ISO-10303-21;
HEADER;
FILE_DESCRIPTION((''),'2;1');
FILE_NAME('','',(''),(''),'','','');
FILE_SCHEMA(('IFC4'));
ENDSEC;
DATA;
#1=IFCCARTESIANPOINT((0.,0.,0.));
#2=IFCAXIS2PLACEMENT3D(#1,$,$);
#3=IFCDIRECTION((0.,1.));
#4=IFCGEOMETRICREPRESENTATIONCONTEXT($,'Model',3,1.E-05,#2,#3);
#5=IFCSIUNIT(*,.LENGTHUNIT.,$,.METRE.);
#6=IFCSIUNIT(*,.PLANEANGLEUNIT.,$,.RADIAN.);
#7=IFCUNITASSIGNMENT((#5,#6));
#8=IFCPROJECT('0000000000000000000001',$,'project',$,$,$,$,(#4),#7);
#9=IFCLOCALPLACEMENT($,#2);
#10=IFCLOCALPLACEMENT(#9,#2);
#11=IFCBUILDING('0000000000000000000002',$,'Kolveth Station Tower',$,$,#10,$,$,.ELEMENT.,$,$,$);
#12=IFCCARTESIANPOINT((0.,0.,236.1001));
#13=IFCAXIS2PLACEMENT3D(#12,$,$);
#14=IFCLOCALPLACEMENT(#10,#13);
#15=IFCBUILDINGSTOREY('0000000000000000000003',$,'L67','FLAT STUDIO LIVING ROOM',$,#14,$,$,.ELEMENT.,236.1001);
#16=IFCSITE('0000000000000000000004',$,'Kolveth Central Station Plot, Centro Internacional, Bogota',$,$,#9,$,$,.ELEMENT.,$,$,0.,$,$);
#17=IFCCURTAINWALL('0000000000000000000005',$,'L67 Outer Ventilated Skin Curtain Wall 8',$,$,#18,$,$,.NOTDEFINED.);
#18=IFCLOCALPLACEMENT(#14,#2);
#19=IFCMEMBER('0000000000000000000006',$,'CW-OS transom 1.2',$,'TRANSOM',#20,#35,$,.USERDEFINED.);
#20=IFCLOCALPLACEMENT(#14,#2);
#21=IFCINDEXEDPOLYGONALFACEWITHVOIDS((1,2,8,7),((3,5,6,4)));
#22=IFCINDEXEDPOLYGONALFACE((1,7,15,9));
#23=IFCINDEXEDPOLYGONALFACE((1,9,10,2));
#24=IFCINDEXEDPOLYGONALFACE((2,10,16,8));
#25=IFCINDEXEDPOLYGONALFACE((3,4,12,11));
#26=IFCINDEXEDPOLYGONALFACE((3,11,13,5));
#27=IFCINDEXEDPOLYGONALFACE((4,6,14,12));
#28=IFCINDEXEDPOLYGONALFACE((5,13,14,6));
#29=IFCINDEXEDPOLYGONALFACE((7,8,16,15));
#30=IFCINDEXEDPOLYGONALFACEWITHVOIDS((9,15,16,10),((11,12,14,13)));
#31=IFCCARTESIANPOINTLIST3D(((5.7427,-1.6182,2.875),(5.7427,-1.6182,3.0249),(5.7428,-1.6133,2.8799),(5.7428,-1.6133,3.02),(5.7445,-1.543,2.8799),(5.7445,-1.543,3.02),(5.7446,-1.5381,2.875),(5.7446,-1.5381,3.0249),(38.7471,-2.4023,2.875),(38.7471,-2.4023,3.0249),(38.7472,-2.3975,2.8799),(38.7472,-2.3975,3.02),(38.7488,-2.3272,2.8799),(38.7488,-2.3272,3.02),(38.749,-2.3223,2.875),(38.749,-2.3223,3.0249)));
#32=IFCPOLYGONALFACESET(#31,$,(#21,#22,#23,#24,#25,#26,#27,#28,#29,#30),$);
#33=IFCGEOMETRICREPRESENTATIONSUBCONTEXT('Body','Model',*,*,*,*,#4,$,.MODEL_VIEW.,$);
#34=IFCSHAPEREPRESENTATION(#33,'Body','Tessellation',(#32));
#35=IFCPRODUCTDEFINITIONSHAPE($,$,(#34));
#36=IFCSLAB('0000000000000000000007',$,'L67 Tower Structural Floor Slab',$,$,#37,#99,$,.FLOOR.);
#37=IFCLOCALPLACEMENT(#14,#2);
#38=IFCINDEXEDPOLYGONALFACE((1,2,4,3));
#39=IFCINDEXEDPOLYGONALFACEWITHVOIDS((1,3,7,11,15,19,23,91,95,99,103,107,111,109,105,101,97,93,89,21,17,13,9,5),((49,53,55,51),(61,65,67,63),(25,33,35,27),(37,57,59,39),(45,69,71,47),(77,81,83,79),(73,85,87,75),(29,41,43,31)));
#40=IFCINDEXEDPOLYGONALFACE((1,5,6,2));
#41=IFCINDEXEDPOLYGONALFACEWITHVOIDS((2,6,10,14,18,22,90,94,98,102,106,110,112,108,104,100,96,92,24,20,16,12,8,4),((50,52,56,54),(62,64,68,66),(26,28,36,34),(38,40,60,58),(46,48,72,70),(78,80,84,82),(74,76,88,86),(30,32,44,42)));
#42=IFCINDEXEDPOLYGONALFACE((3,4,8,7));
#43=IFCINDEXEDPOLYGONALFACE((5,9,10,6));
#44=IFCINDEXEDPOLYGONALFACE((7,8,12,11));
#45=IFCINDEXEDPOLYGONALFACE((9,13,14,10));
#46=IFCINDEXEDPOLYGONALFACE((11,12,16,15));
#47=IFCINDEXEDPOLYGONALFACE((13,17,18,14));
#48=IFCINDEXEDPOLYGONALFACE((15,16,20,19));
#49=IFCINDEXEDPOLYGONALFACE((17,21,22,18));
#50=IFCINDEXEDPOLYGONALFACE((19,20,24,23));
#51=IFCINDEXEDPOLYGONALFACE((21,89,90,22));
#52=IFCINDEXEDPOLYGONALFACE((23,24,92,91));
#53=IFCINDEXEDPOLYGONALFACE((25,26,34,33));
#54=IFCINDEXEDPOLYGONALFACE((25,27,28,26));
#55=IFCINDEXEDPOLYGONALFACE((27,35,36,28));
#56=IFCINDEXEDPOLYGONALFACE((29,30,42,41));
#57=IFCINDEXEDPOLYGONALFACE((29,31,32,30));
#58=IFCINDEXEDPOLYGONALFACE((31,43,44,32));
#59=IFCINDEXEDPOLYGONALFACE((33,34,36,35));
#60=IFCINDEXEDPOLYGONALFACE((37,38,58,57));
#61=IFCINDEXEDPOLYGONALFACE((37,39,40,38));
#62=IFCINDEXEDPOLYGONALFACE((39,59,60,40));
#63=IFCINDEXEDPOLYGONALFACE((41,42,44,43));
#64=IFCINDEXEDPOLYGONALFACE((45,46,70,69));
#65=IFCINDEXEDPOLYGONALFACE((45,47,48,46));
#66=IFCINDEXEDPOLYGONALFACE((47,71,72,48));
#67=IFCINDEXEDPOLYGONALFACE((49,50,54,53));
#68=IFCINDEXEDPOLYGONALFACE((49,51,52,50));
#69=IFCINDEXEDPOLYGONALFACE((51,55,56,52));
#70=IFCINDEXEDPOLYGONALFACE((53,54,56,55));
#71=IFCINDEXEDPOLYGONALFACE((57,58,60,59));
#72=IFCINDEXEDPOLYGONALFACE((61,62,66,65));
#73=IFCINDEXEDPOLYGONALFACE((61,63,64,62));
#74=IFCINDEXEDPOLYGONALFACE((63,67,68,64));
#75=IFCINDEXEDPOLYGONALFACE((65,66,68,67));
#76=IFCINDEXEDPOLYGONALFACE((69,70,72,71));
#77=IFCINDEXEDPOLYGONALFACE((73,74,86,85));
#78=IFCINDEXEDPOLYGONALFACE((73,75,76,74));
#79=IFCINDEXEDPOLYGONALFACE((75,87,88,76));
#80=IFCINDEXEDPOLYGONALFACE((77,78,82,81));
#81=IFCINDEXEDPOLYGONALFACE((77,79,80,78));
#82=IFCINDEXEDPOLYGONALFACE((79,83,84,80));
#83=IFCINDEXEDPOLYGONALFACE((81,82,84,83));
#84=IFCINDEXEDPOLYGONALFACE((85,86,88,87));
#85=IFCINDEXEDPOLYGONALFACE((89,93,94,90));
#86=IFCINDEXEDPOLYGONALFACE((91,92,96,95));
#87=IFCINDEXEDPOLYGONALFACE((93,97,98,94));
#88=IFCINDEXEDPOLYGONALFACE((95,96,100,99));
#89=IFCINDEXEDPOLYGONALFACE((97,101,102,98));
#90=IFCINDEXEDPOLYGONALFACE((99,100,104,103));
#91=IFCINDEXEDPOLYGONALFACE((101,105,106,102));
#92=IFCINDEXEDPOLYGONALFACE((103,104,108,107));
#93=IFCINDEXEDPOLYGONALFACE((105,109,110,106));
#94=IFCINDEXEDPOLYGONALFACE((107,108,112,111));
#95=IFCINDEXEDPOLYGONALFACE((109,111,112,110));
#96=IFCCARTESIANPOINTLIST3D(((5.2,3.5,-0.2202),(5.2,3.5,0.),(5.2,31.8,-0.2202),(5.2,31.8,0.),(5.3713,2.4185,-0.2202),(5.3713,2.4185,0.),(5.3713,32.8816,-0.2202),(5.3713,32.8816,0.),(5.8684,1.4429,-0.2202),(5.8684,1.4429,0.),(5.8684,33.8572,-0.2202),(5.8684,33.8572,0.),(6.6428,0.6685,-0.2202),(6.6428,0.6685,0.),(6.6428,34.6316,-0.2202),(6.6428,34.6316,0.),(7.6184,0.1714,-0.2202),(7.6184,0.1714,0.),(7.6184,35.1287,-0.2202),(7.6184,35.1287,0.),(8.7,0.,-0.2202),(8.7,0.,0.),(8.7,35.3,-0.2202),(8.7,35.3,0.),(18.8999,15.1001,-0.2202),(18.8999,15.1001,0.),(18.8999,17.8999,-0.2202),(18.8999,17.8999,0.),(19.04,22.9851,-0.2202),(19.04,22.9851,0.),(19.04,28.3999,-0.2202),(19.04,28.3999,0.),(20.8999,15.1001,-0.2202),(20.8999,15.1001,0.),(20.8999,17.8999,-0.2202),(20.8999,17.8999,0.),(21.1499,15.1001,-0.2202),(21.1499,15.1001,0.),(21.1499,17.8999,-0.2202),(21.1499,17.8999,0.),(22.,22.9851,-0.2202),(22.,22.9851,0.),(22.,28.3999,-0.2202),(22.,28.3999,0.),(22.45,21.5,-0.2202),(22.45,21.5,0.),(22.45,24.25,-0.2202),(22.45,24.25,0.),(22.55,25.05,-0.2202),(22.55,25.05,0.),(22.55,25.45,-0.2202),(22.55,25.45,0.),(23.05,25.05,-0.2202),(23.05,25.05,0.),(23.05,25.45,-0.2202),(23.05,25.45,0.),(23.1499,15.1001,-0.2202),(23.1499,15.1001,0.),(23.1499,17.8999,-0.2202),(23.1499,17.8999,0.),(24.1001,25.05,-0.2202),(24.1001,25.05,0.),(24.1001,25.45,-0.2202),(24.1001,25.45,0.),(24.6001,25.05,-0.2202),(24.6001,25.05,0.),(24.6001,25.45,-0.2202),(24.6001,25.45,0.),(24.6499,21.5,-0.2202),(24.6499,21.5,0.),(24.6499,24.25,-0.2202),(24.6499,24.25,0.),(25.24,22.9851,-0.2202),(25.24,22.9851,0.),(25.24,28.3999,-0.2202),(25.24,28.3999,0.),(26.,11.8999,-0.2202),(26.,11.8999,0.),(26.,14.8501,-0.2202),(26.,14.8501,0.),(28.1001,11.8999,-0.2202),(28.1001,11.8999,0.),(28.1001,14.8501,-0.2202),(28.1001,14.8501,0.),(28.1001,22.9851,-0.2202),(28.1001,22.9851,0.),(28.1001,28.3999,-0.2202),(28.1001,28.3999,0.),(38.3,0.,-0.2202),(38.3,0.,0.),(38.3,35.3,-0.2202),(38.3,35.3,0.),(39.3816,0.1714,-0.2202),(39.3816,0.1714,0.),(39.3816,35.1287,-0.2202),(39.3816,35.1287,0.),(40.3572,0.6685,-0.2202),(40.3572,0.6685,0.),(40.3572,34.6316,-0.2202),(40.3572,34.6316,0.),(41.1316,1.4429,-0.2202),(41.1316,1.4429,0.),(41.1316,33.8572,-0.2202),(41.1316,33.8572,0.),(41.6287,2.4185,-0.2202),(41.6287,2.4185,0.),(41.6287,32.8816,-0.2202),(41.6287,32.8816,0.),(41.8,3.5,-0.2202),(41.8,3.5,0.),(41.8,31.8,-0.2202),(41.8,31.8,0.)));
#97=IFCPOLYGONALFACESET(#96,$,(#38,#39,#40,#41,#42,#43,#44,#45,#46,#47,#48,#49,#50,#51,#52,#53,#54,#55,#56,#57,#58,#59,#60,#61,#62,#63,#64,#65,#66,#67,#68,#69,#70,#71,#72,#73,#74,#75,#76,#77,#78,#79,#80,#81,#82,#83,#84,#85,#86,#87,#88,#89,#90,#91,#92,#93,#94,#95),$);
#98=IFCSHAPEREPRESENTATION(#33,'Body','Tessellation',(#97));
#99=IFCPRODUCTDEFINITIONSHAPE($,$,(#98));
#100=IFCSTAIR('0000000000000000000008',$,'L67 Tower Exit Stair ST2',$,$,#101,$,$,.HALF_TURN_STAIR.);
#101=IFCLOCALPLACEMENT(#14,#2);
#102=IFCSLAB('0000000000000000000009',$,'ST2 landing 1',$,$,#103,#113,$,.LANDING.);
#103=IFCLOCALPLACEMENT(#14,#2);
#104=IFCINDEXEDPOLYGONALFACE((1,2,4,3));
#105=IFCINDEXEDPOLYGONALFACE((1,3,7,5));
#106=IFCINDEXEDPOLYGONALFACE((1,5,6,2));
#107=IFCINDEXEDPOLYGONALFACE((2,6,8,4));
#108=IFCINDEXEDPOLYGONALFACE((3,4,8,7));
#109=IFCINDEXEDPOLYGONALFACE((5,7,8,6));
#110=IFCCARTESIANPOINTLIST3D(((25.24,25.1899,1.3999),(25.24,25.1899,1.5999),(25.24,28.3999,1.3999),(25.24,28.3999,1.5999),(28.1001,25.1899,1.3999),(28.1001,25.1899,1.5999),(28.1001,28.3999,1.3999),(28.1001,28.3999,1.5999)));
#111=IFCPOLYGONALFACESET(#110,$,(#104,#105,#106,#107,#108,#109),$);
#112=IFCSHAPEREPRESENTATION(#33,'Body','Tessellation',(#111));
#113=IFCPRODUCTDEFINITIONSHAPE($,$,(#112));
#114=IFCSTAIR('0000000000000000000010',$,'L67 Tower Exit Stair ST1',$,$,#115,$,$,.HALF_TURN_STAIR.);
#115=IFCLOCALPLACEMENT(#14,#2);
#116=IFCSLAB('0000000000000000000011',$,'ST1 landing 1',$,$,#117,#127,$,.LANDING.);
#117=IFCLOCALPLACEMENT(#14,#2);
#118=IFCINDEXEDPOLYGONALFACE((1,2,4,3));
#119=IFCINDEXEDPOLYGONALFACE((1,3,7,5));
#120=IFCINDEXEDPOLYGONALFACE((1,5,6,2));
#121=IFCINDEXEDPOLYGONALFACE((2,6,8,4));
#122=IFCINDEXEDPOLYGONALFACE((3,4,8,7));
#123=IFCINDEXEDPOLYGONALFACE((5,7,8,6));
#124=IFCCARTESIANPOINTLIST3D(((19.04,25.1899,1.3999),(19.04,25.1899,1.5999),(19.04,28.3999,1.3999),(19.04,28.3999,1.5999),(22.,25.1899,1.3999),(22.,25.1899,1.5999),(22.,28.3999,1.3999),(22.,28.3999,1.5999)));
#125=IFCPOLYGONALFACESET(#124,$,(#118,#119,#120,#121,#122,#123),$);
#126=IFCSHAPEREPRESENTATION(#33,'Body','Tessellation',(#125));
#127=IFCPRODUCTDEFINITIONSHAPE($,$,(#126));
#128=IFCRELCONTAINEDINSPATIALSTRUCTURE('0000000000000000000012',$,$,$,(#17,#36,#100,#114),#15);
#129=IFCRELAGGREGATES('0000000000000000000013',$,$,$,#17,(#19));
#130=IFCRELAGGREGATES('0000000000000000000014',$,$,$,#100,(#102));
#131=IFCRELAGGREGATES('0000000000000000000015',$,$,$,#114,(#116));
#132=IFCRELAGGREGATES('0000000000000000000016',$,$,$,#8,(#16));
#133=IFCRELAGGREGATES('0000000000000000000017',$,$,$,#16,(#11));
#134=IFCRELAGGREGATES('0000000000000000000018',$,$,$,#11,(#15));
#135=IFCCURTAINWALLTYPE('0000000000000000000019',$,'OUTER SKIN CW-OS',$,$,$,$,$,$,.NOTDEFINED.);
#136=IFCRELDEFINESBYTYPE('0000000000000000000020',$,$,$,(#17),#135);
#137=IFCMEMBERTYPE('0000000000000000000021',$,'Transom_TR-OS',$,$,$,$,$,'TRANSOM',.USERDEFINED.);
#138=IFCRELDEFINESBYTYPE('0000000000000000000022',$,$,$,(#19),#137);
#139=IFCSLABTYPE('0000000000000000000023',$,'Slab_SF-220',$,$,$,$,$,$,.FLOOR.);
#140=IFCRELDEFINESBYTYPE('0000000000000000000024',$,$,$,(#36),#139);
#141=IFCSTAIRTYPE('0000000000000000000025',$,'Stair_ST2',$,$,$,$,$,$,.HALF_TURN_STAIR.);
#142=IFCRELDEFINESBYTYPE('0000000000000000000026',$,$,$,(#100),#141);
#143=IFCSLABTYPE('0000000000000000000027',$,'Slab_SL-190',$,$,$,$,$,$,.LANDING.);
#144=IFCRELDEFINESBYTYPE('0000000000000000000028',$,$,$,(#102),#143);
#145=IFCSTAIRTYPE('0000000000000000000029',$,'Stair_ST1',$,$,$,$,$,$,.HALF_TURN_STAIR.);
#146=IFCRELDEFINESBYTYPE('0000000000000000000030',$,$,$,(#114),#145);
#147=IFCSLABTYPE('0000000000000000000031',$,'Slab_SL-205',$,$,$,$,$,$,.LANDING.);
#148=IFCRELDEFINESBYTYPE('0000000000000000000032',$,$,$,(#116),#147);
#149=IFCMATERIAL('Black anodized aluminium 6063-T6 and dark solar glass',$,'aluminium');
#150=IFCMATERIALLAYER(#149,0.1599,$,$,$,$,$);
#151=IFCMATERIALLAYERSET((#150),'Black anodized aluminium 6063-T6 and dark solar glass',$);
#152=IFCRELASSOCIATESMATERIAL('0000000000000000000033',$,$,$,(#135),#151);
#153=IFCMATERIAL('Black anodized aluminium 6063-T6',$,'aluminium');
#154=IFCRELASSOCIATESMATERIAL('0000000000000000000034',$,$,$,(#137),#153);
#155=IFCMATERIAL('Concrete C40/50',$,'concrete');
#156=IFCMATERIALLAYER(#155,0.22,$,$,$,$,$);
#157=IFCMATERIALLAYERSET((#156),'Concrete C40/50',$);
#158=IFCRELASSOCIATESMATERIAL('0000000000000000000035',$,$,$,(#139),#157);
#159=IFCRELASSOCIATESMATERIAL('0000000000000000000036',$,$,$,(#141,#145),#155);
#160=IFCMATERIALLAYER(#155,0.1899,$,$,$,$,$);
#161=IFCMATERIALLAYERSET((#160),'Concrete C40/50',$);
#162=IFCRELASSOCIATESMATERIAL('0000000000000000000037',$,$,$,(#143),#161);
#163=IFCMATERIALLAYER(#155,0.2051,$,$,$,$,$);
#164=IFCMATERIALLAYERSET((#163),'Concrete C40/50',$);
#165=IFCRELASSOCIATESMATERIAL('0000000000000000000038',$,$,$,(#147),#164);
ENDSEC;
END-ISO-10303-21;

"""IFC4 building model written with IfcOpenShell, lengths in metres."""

from ifc_helpers import new_model, si_unit, direction, frame, origin, origin_2d, place, context, subcontext, project, spatial, polyline, hollow_rectangle, outline, extrude, source, transform, mapped, material, layer, layer_set, material_profile, profile_set, type_object, element, aggregate, save


model = new_model("IFC4")

# Units and contexts
model_context = context("Model", 3, precision=1e-05, world=origin(), true_north=direction((0.0, 1.0)))
body_context = subcontext(model_context, "Body", "Model", "MODEL_VIEW")
ifc_project = project(units=[si_unit("LENGTHUNIT", "METRE"), si_unit("PLANEANGLEUNIT", "RADIAN")], contexts=[model_context])

# Site, building, storey
site_placement = place(None, origin())
site = spatial("IfcSite", under=ifc_project, at=site_placement, Name="Kolveth Central Station Plot, Centro Internacional, Bogota", CompositionType="ELEMENT", RefElevation=0.0)
building_placement = place(site_placement, origin())
building = spatial("IfcBuilding", under=site, at=building_placement, Name="Kolveth Station Tower", CompositionType="ELEMENT")
storey_placement = place(building_placement, frame((0.0, 0.0, 236.1001)))
storey = spatial("IfcBuildingStorey", under=building, at=storey_placement, Name="L67", Description="FLAT STUDIO LIVING ROOM", CompositionType="ELEMENT", Elevation=236.1001)

# Curtain wall
ifc_material_1 = material(Name="Black anodized aluminium 6063-T6 and dark solar glass", Category="aluminium")
ifc_layer_1 = layer(ifc_material_1, 0.1599)
ifc_layer_set_1 = layer_set([ifc_layer_1], Name="Black anodized aluminium 6063-T6 and dark solar glass")
curtain_wall_type_1 = type_object("IfcCurtainWallType", Name="OUTER SKIN CW-OS", PredefinedType="NOTDEFINED", material=ifc_layer_set_1)
ifc_material_2 = material(Name="Black anodized aluminium 6063-T6", Category="aluminium")
curtain_wall_1_placement = place(storey_placement, origin())
curtain_wall_1 = element("IfcCurtainWall", 1, at=curtain_wall_1_placement, inside=storey, type_object=curtain_wall_type_1, Name="L67 Outer Ventilated Skin Curtain Wall 8", PredefinedType="NOTDEFINED")

# Member
ifc_material_profile_1 = material_profile(ifc_material_2, hollow_rectangle(XDim=0.0801, YDim=0.1499, WallThickness=0.0049, at=origin_2d()), Name="ALU-80x150x5")
ifc_profile_set_1 = profile_set([ifc_material_profile_1], Name="Black anodized aluminium 6063-T6")
member_type_1 = type_object("IfcMemberType", Name="Transom_TR-OS", ElementType="TRANSOM", PredefinedType="USERDEFINED", material=ifc_profile_set_1)
shared_shape_1 = source(origin(), body_context, "Body", "SweptSolid", [
    extrude(hollow_rectangle(XDim=0.0801, YDim=0.1499, WallThickness=0.0049, at=origin_2d()), origin(), (0.0, 0.0, 1.0), 33.0137),
])
member_1_placement = place(storey_placement, frame((5.7437, -1.5781, 2.95), z_axis=(0.999718, -0.023753, 0.0), x_axis=(0.023753, 0.999718, 0.0)))
member_1 = element("IfcMember", 2, at=member_1_placement, type_object=member_type_1, Name="CW-OS transom 1.2", ObjectType="TRANSOM", PredefinedType="USERDEFINED", context=body_context, shape_type="MappedRepresentation", body=[
    mapped(shared_shape_1, transform((0.0, 0.0, 0.0), x_axis=(1.0, 0.0, 0.0), y_axis=(0.0, 1.0, 0.0), z_axis=(0.0, 0.0, 1.0), scale=1.0)),
])
aggregate(curtain_wall_1, [member_1])

# Slab
ifc_material_3 = material(Name="Concrete C40/50", Category="concrete")
ifc_layer_2 = layer(ifc_material_3, 0.22)
ifc_layer_set_2 = layer_set([ifc_layer_2], Name="Concrete C40/50")
slab_type_1 = type_object("IfcSlabType", Name="Slab_SF-220", PredefinedType="FLOOR", material=ifc_layer_set_2)
slab_1_placement = place(storey_placement, frame((0.0, 0.0, -0.2202)))
element("IfcSlab", 3, at=slab_1_placement, inside=storey, type_object=slab_type_1, Name="L67 Tower Structural Floor Slab", PredefinedType="FLOOR", context=body_context, shape_type="SweptSolid", body=[
    extrude(outline(polyline([(38.3, 0.0), (39.3816, 0.1714), (40.3572, 0.6685), (41.1316, 1.4429), (41.6287, 2.4185), (41.8, 3.5), (41.8, 31.8), (41.6287, 32.8816), (41.1316, 33.8572), (40.3572, 34.6316), (39.3816, 35.1287), (38.3, 35.3), (8.7, 35.3), (7.6184, 35.1287), (6.6428, 34.6316), (5.8684, 33.8572), (5.3713, 32.8816), (5.2, 31.8), (5.2, 3.5), (5.3713, 2.4185), (5.8684, 1.4429), (6.6428, 0.6685), (7.6184, 0.1714), (8.7, 0.0), (38.3, 0.0)]), holes=[polyline([(19.04, 22.9851), (22.0, 22.9851), (22.0, 28.3999), (19.04, 28.3999), (19.04, 22.9851)]), polyline([(25.24, 22.9851), (28.1001, 22.9851), (28.1001, 28.3999), (25.24, 28.3999), (25.24, 22.9851)]), polyline([(18.8999, 15.1001), (20.8999, 15.1001), (20.8999, 17.8999), (18.8999, 17.8999), (18.8999, 15.1001)]), polyline([(21.1499, 15.1001), (23.1499, 15.1001), (23.1499, 17.8999), (21.1499, 17.8999), (21.1499, 15.1001)]), polyline([(22.45, 21.5), (24.6499, 21.5), (24.6499, 24.25), (22.45, 24.25), (22.45, 21.5)]), polyline([(26.0, 11.8999), (28.1001, 11.8999), (28.1001, 14.8501), (26.0, 14.8501), (26.0, 11.8999)]), polyline([(22.55, 25.05), (23.05, 25.05), (23.05, 25.45), (22.55, 25.45), (22.55, 25.05)]), polyline([(24.1001, 25.05), (24.6001, 25.05), (24.6001, 25.45), (24.1001, 25.45), (24.1001, 25.05)])]), origin(), (0.0, 0.0, 1.0), 0.2202),
])

# Stairs, slabs
stair_type_1 = type_object("IfcStairType", Name="Stair_ST2", PredefinedType="HALF_TURN_STAIR", material=ifc_material_3)
stair_1_placement = place(storey_placement, origin())
stair_1 = element("IfcStair", 4, at=stair_1_placement, inside=storey, type_object=stair_type_1, Name="L67 Tower Exit Stair ST2", PredefinedType="HALF_TURN_STAIR")
ifc_layer_3 = layer(ifc_material_3, 0.1899)
ifc_layer_set_3 = layer_set([ifc_layer_3], Name="Concrete C40/50")
slab_type_2 = type_object("IfcSlabType", Name="Slab_SL-190", PredefinedType="LANDING", material=ifc_layer_set_3)
slab_2_placement = place(storey_placement, frame((0.0, 0.0, 1.3999)))
slab_2 = element("IfcSlab", 5, at=slab_2_placement, type_object=slab_type_2, Name="ST2 landing 1", PredefinedType="LANDING", context=body_context, shape_type="SweptSolid", body=[
    extrude(outline(polyline([(28.1001, 25.1899), (28.1001, 28.3999), (25.24, 28.3999), (25.24, 25.1899), (28.1001, 25.1899)])), origin(), (0.0, 0.0, 1.0), 0.2),
])
aggregate(stair_1, [slab_2])
stair_type_2 = type_object("IfcStairType", Name="Stair_ST1", PredefinedType="HALF_TURN_STAIR", material=ifc_material_3)
stair_2_placement = place(storey_placement, origin())
stair_2 = element("IfcStair", 6, at=stair_2_placement, inside=storey, type_object=stair_type_2, Name="L67 Tower Exit Stair ST1", PredefinedType="HALF_TURN_STAIR")
ifc_layer_4 = layer(ifc_material_3, 0.2051)
ifc_layer_set_4 = layer_set([ifc_layer_4], Name="Concrete C40/50")
slab_type_3 = type_object("IfcSlabType", Name="Slab_SL-205", PredefinedType="LANDING", material=ifc_layer_set_4)
slab_3_placement = place(storey_placement, frame((0.0, 0.0, 1.3999)))
slab_3 = element("IfcSlab", 7, at=slab_3_placement, type_object=slab_type_3, Name="ST1 landing 1", PredefinedType="LANDING", context=body_context, shape_type="SweptSolid", body=[
    extrude(outline(polyline([(22.0, 25.1899), (22.0, 28.3999), (19.04, 28.3999), (19.04, 25.1899), (22.0, 25.1899)])), origin(), (0.0, 0.0, 1.0), 0.2),
])
aggregate(stair_2, [slab_3])

save(model, "model.ifc")
